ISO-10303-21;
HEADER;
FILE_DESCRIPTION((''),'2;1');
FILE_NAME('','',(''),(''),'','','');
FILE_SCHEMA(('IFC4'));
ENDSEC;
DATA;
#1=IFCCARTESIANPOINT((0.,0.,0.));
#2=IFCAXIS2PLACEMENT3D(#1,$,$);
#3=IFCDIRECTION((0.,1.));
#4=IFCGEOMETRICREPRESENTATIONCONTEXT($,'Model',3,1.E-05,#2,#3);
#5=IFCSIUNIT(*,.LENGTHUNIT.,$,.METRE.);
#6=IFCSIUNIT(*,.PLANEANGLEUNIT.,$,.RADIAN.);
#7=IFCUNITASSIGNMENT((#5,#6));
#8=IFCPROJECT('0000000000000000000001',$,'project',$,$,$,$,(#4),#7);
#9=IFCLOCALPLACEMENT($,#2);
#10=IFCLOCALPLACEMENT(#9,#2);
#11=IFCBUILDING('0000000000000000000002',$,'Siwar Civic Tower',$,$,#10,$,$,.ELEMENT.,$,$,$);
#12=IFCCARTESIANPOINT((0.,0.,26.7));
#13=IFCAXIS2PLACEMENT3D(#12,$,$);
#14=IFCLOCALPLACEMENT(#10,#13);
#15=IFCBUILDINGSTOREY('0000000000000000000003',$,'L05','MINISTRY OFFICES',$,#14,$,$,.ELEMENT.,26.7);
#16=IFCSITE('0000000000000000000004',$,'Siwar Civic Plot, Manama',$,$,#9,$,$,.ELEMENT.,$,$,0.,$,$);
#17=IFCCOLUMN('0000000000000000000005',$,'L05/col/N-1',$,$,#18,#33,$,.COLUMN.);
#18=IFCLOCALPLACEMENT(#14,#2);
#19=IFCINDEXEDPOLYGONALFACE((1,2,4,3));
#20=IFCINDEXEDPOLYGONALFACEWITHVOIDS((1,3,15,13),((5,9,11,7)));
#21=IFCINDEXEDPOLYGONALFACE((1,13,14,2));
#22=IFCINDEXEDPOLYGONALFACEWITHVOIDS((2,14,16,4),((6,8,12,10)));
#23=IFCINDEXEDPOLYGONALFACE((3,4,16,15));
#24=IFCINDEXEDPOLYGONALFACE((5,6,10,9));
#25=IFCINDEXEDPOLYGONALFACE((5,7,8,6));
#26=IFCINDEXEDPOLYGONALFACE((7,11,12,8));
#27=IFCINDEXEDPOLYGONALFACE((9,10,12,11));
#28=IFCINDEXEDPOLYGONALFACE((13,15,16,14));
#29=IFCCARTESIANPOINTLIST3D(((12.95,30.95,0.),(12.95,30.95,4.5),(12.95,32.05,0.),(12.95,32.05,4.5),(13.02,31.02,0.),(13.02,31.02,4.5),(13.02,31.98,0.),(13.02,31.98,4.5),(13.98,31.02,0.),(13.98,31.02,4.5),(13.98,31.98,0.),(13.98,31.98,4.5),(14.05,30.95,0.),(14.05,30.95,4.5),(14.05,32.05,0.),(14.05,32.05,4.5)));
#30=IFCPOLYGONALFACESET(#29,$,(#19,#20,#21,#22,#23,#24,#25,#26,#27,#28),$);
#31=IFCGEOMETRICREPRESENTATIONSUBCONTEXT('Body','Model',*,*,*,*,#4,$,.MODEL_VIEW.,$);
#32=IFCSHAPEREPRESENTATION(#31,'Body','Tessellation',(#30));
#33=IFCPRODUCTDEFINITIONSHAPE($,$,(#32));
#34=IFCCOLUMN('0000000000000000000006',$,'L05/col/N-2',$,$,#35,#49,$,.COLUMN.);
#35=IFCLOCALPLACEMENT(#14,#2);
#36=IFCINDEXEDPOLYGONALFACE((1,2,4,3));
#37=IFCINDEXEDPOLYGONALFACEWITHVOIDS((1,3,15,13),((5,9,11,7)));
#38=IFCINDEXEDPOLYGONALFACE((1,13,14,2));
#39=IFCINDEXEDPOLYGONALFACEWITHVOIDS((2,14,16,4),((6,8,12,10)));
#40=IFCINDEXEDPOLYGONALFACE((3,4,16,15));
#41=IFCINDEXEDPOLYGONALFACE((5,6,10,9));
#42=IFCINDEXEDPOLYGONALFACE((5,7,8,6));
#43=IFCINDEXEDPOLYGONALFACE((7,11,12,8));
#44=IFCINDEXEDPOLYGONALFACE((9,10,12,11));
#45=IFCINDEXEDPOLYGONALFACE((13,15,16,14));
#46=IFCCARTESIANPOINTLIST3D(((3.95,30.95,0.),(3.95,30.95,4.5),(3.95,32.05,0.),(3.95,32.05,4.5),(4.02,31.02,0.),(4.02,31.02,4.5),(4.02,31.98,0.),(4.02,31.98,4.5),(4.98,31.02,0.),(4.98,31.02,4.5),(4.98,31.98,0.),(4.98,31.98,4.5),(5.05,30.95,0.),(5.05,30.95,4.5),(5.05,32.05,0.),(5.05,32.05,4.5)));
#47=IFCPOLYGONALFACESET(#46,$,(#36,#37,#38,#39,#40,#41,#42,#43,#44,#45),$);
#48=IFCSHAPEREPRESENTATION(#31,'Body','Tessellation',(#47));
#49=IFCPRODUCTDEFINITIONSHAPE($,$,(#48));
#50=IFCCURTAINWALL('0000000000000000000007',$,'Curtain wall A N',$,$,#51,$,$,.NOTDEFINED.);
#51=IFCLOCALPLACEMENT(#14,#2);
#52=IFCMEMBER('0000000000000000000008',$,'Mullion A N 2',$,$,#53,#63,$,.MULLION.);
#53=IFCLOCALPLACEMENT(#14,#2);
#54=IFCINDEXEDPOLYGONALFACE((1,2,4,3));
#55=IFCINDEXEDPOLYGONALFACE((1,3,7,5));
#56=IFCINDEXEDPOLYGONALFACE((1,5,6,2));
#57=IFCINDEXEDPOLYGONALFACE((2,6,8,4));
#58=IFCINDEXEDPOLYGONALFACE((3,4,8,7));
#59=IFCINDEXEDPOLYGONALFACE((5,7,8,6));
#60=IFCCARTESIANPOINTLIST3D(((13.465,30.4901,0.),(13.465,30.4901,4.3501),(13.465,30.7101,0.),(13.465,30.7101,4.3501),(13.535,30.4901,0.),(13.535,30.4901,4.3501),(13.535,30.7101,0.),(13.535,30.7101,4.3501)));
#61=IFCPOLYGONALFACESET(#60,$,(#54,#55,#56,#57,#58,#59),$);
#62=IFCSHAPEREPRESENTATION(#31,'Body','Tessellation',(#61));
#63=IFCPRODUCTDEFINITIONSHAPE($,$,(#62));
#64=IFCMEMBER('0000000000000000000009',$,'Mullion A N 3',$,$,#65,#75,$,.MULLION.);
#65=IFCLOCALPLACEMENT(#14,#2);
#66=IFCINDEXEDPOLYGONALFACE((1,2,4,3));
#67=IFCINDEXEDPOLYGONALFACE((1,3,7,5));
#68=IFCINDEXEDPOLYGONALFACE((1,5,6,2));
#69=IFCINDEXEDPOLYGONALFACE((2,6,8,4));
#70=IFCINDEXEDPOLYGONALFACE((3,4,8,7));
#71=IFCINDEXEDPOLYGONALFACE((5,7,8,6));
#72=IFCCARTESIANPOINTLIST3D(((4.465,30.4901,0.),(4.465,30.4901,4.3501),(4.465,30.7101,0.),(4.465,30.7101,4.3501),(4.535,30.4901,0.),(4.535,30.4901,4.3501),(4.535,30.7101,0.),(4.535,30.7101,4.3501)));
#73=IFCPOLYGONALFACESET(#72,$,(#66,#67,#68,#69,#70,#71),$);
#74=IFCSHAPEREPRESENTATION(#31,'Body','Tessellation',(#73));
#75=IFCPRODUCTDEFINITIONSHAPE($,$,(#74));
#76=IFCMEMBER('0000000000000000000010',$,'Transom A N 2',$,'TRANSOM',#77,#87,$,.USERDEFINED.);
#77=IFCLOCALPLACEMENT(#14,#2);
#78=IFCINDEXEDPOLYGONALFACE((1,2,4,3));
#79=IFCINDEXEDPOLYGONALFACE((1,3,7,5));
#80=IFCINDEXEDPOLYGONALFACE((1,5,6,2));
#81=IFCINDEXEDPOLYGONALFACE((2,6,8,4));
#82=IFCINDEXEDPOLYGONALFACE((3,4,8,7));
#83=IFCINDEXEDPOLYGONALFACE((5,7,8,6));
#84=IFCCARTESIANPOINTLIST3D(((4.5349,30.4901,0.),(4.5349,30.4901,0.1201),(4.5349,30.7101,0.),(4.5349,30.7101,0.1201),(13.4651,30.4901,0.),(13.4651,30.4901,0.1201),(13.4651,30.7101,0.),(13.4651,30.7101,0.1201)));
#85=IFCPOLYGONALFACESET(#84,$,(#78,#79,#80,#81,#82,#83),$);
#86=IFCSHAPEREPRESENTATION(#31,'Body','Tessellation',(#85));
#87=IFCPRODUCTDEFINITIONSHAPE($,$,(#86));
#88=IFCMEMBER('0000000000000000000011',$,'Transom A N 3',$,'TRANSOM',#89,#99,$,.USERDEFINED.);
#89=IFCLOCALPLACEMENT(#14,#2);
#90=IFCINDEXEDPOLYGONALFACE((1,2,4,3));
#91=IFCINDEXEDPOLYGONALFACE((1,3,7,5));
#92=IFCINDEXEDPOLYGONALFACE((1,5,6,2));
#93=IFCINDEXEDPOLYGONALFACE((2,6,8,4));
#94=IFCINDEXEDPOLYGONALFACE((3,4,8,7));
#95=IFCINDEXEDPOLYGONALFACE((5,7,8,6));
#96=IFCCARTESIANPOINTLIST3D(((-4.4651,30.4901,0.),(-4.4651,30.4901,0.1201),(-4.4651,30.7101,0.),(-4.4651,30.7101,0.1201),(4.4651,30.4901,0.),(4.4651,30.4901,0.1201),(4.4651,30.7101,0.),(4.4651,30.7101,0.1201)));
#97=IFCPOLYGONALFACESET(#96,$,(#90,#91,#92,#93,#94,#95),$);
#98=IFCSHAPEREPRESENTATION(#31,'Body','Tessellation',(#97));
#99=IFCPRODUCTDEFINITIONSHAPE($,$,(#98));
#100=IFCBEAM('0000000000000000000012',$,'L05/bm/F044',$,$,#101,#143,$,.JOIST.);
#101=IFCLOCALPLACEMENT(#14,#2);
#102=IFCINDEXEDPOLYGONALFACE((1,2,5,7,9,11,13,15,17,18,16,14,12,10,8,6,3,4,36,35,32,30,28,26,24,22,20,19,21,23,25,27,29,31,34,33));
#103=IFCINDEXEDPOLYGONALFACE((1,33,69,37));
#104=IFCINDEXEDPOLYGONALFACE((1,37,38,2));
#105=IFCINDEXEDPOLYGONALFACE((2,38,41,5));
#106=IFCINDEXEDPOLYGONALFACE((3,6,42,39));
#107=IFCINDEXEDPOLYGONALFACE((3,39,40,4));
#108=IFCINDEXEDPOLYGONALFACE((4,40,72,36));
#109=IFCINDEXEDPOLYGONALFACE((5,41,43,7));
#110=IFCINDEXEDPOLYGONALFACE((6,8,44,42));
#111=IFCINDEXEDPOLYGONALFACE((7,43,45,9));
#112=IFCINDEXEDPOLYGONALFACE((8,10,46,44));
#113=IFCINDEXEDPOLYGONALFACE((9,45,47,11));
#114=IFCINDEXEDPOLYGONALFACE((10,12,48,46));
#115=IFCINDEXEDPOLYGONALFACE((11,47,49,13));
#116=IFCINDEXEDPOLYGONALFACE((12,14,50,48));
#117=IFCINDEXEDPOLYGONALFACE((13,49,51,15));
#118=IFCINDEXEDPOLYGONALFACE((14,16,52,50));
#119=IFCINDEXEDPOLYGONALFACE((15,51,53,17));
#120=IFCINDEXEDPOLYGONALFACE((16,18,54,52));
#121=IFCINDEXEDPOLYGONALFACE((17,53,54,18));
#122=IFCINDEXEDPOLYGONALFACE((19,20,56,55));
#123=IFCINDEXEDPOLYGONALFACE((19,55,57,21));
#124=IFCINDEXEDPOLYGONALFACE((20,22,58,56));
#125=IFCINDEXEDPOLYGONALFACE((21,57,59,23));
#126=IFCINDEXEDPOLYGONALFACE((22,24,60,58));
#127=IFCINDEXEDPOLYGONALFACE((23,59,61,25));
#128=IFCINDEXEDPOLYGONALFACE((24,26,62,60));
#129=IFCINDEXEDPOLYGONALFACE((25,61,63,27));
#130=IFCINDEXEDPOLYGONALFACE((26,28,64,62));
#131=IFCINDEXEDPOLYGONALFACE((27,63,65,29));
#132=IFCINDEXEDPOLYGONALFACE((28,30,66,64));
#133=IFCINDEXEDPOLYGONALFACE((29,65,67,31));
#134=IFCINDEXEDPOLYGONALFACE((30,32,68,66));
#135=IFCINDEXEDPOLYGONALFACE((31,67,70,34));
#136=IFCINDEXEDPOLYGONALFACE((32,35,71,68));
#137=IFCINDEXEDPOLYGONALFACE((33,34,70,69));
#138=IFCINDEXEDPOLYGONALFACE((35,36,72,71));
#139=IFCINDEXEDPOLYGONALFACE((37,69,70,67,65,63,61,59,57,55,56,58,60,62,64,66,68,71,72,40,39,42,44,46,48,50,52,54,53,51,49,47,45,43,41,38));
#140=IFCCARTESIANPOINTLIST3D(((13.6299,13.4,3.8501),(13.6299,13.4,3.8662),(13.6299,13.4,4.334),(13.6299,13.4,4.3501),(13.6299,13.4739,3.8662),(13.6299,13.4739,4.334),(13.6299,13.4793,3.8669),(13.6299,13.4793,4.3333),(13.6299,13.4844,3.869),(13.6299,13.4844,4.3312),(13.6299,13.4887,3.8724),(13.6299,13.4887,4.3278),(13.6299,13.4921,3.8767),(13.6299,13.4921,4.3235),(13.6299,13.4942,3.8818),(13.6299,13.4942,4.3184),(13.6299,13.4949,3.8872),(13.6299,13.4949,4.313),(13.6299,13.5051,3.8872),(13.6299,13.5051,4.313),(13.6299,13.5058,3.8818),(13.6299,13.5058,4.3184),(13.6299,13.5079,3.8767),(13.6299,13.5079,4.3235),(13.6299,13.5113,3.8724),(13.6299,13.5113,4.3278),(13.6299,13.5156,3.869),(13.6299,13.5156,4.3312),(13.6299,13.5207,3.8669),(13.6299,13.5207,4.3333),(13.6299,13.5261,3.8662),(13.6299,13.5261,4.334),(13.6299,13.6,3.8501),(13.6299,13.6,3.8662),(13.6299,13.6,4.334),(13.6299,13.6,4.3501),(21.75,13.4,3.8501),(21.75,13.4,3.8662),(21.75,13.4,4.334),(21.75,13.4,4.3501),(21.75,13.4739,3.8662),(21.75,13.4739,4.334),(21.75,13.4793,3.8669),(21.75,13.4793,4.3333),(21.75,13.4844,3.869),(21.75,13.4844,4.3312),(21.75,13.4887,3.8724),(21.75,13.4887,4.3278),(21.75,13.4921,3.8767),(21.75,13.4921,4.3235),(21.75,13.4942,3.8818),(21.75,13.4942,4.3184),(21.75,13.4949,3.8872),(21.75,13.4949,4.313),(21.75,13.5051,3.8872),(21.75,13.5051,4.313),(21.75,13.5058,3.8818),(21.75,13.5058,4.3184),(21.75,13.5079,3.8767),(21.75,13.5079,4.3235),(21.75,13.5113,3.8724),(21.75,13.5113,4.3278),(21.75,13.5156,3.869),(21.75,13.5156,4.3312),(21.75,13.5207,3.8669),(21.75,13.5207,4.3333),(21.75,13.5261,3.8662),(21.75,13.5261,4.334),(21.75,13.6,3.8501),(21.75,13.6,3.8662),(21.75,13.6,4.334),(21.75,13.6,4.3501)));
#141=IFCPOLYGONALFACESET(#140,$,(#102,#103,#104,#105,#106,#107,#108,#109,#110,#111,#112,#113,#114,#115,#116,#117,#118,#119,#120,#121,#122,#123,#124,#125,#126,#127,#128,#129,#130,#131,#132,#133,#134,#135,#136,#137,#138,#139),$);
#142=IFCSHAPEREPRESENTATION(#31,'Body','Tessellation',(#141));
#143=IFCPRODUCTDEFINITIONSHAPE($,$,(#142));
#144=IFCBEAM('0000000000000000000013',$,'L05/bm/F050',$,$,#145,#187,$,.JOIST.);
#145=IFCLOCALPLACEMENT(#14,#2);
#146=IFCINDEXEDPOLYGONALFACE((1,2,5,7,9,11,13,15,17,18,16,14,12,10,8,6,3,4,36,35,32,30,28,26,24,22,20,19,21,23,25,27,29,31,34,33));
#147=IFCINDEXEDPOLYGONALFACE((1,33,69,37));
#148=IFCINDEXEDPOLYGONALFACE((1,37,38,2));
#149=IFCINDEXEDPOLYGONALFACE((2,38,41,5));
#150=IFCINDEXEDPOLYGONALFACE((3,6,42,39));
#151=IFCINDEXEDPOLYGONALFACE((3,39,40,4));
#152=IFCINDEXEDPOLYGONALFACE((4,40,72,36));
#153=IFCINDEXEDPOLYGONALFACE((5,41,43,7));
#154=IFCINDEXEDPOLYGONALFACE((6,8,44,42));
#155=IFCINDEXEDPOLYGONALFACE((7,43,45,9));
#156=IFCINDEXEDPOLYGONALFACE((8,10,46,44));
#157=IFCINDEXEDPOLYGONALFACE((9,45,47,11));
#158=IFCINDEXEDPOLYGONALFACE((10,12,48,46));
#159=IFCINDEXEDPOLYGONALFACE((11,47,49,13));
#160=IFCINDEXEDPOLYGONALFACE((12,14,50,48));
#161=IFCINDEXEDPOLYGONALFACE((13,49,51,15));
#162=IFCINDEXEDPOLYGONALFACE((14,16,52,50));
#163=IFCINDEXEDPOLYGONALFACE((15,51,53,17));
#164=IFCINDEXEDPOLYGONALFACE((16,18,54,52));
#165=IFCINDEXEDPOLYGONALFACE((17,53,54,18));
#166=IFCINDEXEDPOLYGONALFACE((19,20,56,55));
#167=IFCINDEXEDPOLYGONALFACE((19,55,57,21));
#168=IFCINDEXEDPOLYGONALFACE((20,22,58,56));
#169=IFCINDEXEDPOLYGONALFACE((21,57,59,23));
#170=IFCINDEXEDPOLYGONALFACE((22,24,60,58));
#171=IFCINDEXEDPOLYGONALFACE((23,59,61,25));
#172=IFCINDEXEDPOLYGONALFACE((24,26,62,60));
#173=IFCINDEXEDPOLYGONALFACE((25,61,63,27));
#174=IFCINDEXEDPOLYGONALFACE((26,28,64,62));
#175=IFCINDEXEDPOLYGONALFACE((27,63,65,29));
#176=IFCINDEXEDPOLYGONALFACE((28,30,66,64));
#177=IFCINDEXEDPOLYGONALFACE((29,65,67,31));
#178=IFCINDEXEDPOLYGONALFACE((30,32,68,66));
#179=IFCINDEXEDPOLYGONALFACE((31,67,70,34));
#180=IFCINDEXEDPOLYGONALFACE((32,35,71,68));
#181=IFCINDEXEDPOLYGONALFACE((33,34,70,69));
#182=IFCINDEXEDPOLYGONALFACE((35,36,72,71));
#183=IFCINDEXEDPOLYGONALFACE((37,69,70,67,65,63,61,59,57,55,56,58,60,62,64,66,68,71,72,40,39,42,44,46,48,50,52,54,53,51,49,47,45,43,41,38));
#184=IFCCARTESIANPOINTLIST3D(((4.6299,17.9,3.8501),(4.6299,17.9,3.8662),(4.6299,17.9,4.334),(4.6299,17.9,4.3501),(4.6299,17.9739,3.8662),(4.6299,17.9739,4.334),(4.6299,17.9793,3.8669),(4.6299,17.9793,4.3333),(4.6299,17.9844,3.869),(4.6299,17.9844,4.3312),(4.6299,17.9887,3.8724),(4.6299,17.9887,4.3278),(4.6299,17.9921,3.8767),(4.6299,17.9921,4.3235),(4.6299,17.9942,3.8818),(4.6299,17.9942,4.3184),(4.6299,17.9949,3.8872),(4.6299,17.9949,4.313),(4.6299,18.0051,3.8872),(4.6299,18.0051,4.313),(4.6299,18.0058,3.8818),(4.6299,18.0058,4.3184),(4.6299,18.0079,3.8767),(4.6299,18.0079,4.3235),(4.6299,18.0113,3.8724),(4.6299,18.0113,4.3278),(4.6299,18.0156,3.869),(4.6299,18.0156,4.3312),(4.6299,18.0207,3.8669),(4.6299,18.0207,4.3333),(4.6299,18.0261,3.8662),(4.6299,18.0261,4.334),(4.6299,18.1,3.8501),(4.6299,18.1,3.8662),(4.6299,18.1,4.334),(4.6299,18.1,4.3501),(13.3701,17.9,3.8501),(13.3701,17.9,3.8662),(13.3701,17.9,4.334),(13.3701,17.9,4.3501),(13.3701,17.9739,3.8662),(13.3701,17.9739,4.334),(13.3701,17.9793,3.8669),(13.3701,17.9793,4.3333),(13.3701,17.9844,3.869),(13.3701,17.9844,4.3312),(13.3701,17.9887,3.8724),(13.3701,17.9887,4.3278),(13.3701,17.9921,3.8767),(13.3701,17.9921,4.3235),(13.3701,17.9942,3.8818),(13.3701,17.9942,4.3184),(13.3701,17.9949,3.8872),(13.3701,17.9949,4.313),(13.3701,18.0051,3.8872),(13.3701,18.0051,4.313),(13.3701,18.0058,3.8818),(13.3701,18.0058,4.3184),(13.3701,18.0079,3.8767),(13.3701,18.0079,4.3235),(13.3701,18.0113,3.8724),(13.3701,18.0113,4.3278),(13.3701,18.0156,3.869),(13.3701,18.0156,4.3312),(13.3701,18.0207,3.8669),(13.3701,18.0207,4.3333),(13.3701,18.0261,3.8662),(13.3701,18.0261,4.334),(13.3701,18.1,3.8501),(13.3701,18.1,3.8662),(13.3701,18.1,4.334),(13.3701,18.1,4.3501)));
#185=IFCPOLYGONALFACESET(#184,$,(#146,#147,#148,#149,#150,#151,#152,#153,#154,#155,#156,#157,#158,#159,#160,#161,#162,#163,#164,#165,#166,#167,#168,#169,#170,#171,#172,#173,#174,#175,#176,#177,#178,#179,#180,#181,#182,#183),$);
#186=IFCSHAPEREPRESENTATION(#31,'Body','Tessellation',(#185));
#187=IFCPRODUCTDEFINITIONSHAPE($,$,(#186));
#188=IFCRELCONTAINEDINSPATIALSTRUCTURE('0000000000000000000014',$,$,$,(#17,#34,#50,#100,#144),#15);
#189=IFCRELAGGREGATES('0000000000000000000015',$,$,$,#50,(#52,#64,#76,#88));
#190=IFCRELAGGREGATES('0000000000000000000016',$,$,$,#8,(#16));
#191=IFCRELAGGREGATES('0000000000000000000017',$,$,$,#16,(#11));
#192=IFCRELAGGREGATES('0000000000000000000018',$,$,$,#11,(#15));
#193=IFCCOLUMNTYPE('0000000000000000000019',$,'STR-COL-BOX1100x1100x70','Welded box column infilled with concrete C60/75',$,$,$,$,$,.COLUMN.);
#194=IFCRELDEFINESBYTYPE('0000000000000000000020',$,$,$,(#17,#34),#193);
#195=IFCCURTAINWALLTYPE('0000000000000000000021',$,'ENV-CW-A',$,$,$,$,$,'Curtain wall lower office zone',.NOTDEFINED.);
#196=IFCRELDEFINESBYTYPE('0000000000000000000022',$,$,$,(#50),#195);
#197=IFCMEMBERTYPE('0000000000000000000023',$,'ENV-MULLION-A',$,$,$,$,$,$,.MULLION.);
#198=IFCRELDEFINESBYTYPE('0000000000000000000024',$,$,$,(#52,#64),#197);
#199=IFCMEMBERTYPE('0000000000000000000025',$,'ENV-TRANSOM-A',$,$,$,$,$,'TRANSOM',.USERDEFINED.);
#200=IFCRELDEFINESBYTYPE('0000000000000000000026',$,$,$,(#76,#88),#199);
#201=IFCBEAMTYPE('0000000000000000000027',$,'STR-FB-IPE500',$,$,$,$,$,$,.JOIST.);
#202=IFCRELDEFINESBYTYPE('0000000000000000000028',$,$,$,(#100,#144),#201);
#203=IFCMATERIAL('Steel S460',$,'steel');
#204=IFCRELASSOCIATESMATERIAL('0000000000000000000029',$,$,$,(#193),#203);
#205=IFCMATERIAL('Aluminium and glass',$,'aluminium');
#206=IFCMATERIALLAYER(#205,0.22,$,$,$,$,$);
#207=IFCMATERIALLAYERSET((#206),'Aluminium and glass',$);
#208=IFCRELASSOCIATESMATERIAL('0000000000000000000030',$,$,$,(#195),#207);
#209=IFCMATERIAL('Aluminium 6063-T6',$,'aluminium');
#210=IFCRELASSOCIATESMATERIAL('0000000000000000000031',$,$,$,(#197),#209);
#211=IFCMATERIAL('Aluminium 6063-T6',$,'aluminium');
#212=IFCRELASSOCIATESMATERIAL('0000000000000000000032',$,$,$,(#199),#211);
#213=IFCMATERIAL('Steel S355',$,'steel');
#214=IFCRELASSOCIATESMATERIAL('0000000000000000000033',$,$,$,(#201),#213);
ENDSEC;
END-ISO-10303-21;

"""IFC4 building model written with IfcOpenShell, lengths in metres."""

from ifc_helpers import new_model, si_unit, direction, frame, origin, origin_2d, place, context, subcontext, project, spatial, rectangle, hollow_rectangle, i_section, extrude, material, layer, layer_set, material_profile, profile_set, type_object, element, aggregate, save


model = new_model("IFC4")

# Units and contexts
model_context = context("Model", 3, precision=1e-05, world=origin(), true_north=direction((0.0, 1.0)))
body_context = subcontext(model_context, "Body", "Model", "MODEL_VIEW")
ifc_project = project(units=[si_unit("LENGTHUNIT", "METRE"), si_unit("PLANEANGLEUNIT", "RADIAN")], contexts=[model_context])

# Site, building, storey
site_placement = place(None, origin())
site = spatial("IfcSite", under=ifc_project, at=site_placement, Name="Siwar Civic Plot, Manama", CompositionType="ELEMENT", RefElevation=0.0)
building_placement = place(site_placement, origin())
building = spatial("IfcBuilding", under=site, at=building_placement, Name="Siwar Civic Tower", CompositionType="ELEMENT")
storey_placement = place(building_placement, frame((0.0, 0.0, 26.7)))
storey = spatial("IfcBuildingStorey", under=building, at=storey_placement, Name="L05", Description="MINISTRY OFFICES", CompositionType="ELEMENT", Elevation=26.7)

# Columns
ifc_material_1 = material(Name="Steel S460", Category="steel")
ifc_material_profile_1 = material_profile(ifc_material_1, hollow_rectangle(XDim=1.1001, YDim=1.1001, WallThickness=0.0701, at=origin_2d()), Name="BOX1100x1100x70")
ifc_profile_set_1 = profile_set([ifc_material_profile_1], Name="Steel S460")
column_type = type_object("IfcColumnType", Name="STR-COL-BOX1100x1100x70", Description="Welded box column infilled with concrete C60/75", PredefinedType="COLUMN", material=ifc_profile_set_1)
for number, where, z_axis, x_axis, name in (
    (1, (13.5, 31.5, 0.0), (0.0, 0.0, 1.0), (1.0, 0.0, 0.0), "L05/col/N-1"),
    (2, (4.5, 31.5, 0.0), (0.0, 0.0, 1.0), (1.0, 0.0, 0.0), "L05/col/N-2"),
):
    element("IfcColumn", number, at=place(storey_placement, frame(where, z_axis=z_axis, x_axis=x_axis)), inside=storey, type_object=column_type, Name=name, PredefinedType="COLUMN", context=body_context, shape_type="SweptSolid", body=[
        extrude(hollow_rectangle(XDim=1.1001, YDim=1.1001, WallThickness=0.0701, at=origin_2d()), origin(), (0.0, 0.0, 1.0), 4.5),
    ])

# Curtain wall, members
ifc_material_2 = material(Name="Aluminium and glass", Category="aluminium")
ifc_layer_1 = layer(ifc_material_2, 0.22)
ifc_layer_set_1 = layer_set([ifc_layer_1], Name="Aluminium and glass")
curtain_wall_type = type_object("IfcCurtainWallType", Name="ENV-CW-A", ElementType="Curtain wall lower office zone", PredefinedType="NOTDEFINED", material=ifc_layer_set_1)
curtain_wall_placement = place(storey_placement, origin())
curtain_wall = element("IfcCurtainWall", 3, at=curtain_wall_placement, inside=storey, type_object=curtain_wall_type, Name="Curtain wall A N", PredefinedType="NOTDEFINED")
ifc_material_3 = material(Name="Aluminium 6063-T6", Category="aluminium")
ifc_material_profile_2 = material_profile(ifc_material_3, rectangle(XDim=0.22, YDim=0.0701, at=origin_2d()), Name="AL 220x70")
ifc_profile_set_2 = profile_set([ifc_material_profile_2], Name="Aluminium 6063-T6")
member_type_1 = type_object("IfcMemberType", Name="ENV-MULLION-A", PredefinedType="MULLION", material=ifc_profile_set_2)
member_1_placement = place(storey_placement, frame((13.5, 30.6001, 0.0), z_axis=(0.0, 0.0, 1.0), x_axis=(0.0, -1.0, 0.0)))
member_1 = element("IfcMember", 4, at=member_1_placement, type_object=member_type_1, Name="Mullion A N 2", PredefinedType="MULLION", context=body_context, shape_type="SweptSolid", body=[
    extrude(rectangle(XDim=0.22, YDim=0.0701, at=origin_2d()), origin(), (0.0, 0.0, 1.0), 4.3501),
])
member_2_placement = place(storey_placement, frame((4.5, 30.6001, 0.0), z_axis=(0.0, 0.0, 1.0), x_axis=(0.0, -1.0, 0.0)))
member_2 = element("IfcMember", 5, at=member_2_placement, type_object=member_type_1, Name="Mullion A N 3", PredefinedType="MULLION", context=body_context, shape_type="SweptSolid", body=[
    extrude(rectangle(XDim=0.22, YDim=0.0701, at=origin_2d()), origin(), (0.0, 0.0, 1.0), 4.3501),
])
ifc_material_4 = material(Name="Aluminium 6063-T6", Category="aluminium")
ifc_material_profile_3 = material_profile(ifc_material_4, rectangle(XDim=0.22, YDim=0.1201, at=origin_2d()), Name="AL 220x120")
ifc_profile_set_3 = profile_set([ifc_material_profile_3], Name="Aluminium 6063-T6")
member_type_2 = type_object("IfcMemberType", Name="ENV-TRANSOM-A", ElementType="TRANSOM", PredefinedType="USERDEFINED", material=ifc_profile_set_3)
member_3_placement = place(storey_placement, frame((13.4651, 30.6001, 0.0601), z_axis=(-1.0, 0.0, 0.0), x_axis=(0.0, -1.0, 0.0)))
member_3 = element("IfcMember", 6, at=member_3_placement, type_object=member_type_2, Name="Transom A N 2", ObjectType="TRANSOM", PredefinedType="USERDEFINED", context=body_context, shape_type="SweptSolid", body=[
    extrude(rectangle(XDim=0.22, YDim=0.1201, at=origin_2d()), origin(), (0.0, 0.0, 1.0), 8.9302),
])
member_4_placement = place(storey_placement, frame((4.4651, 30.6001, 0.0601), z_axis=(-1.0, 0.0, 0.0), x_axis=(0.0, -1.0, 0.0)))
member_4 = element("IfcMember", 7, at=member_4_placement, type_object=member_type_2, Name="Transom A N 3", ObjectType="TRANSOM", PredefinedType="USERDEFINED", context=body_context, shape_type="SweptSolid", body=[
    extrude(rectangle(XDim=0.22, YDim=0.1201, at=origin_2d()), origin(), (0.0, 0.0, 1.0), 8.9302),
])

# Beams
ifc_material_5 = material(Name="Steel S355", Category="steel")
ifc_material_profile_4 = material_profile(ifc_material_5, i_section(OverallWidth=0.2, OverallDepth=0.5, WebThickness=0.0103, FlangeThickness=0.0161, FilletRadius=0.021, at=origin_2d()), Name="IPE500")
ifc_profile_set_4 = profile_set([ifc_material_profile_4], Name="Steel S355")
beam_type_1 = type_object("IfcBeamType", Name="STR-FB-IPE500", PredefinedType="JOIST", material=ifc_profile_set_4)
beam_1_placement = place(storey_placement, frame((13.6299, 13.5, 4.1001), z_axis=(1.0, 0.0, 0.0), x_axis=(0.0, 1.0, 0.0)))
element("IfcBeam", 8, at=beam_1_placement, inside=storey, type_object=beam_type_1, Name="L05/bm/F044", PredefinedType="JOIST", context=body_context, shape_type="SweptSolid", body=[
    extrude(i_section(OverallWidth=0.2, OverallDepth=0.5, WebThickness=0.0103, FlangeThickness=0.0161, FilletRadius=0.021, at=origin_2d()), origin(), (0.0, 0.0, 1.0), 8.1201),
])
for number, where, z_axis, x_axis, name in (
    (9, (4.6299, 18.0, 4.1001), (1.0, 0.0, 0.0), (0.0, 1.0, 0.0), "L05/bm/F050"),
):
    element("IfcBeam", number, at=place(storey_placement, frame(where, z_axis=z_axis, x_axis=x_axis)), inside=storey, type_object=beam_type_1, Name=name, PredefinedType="JOIST", context=body_context, shape_type="SweptSolid", body=[
        extrude(i_section(OverallWidth=0.2, OverallDepth=0.5, WebThickness=0.0103, FlangeThickness=0.0161, FilletRadius=0.021, at=origin_2d()), origin(), (0.0, 0.0, 1.0), 8.7402),
    ])

aggregate(curtain_wall, [member_1, member_2, member_3, member_4])

save(model, "model.ifc")
